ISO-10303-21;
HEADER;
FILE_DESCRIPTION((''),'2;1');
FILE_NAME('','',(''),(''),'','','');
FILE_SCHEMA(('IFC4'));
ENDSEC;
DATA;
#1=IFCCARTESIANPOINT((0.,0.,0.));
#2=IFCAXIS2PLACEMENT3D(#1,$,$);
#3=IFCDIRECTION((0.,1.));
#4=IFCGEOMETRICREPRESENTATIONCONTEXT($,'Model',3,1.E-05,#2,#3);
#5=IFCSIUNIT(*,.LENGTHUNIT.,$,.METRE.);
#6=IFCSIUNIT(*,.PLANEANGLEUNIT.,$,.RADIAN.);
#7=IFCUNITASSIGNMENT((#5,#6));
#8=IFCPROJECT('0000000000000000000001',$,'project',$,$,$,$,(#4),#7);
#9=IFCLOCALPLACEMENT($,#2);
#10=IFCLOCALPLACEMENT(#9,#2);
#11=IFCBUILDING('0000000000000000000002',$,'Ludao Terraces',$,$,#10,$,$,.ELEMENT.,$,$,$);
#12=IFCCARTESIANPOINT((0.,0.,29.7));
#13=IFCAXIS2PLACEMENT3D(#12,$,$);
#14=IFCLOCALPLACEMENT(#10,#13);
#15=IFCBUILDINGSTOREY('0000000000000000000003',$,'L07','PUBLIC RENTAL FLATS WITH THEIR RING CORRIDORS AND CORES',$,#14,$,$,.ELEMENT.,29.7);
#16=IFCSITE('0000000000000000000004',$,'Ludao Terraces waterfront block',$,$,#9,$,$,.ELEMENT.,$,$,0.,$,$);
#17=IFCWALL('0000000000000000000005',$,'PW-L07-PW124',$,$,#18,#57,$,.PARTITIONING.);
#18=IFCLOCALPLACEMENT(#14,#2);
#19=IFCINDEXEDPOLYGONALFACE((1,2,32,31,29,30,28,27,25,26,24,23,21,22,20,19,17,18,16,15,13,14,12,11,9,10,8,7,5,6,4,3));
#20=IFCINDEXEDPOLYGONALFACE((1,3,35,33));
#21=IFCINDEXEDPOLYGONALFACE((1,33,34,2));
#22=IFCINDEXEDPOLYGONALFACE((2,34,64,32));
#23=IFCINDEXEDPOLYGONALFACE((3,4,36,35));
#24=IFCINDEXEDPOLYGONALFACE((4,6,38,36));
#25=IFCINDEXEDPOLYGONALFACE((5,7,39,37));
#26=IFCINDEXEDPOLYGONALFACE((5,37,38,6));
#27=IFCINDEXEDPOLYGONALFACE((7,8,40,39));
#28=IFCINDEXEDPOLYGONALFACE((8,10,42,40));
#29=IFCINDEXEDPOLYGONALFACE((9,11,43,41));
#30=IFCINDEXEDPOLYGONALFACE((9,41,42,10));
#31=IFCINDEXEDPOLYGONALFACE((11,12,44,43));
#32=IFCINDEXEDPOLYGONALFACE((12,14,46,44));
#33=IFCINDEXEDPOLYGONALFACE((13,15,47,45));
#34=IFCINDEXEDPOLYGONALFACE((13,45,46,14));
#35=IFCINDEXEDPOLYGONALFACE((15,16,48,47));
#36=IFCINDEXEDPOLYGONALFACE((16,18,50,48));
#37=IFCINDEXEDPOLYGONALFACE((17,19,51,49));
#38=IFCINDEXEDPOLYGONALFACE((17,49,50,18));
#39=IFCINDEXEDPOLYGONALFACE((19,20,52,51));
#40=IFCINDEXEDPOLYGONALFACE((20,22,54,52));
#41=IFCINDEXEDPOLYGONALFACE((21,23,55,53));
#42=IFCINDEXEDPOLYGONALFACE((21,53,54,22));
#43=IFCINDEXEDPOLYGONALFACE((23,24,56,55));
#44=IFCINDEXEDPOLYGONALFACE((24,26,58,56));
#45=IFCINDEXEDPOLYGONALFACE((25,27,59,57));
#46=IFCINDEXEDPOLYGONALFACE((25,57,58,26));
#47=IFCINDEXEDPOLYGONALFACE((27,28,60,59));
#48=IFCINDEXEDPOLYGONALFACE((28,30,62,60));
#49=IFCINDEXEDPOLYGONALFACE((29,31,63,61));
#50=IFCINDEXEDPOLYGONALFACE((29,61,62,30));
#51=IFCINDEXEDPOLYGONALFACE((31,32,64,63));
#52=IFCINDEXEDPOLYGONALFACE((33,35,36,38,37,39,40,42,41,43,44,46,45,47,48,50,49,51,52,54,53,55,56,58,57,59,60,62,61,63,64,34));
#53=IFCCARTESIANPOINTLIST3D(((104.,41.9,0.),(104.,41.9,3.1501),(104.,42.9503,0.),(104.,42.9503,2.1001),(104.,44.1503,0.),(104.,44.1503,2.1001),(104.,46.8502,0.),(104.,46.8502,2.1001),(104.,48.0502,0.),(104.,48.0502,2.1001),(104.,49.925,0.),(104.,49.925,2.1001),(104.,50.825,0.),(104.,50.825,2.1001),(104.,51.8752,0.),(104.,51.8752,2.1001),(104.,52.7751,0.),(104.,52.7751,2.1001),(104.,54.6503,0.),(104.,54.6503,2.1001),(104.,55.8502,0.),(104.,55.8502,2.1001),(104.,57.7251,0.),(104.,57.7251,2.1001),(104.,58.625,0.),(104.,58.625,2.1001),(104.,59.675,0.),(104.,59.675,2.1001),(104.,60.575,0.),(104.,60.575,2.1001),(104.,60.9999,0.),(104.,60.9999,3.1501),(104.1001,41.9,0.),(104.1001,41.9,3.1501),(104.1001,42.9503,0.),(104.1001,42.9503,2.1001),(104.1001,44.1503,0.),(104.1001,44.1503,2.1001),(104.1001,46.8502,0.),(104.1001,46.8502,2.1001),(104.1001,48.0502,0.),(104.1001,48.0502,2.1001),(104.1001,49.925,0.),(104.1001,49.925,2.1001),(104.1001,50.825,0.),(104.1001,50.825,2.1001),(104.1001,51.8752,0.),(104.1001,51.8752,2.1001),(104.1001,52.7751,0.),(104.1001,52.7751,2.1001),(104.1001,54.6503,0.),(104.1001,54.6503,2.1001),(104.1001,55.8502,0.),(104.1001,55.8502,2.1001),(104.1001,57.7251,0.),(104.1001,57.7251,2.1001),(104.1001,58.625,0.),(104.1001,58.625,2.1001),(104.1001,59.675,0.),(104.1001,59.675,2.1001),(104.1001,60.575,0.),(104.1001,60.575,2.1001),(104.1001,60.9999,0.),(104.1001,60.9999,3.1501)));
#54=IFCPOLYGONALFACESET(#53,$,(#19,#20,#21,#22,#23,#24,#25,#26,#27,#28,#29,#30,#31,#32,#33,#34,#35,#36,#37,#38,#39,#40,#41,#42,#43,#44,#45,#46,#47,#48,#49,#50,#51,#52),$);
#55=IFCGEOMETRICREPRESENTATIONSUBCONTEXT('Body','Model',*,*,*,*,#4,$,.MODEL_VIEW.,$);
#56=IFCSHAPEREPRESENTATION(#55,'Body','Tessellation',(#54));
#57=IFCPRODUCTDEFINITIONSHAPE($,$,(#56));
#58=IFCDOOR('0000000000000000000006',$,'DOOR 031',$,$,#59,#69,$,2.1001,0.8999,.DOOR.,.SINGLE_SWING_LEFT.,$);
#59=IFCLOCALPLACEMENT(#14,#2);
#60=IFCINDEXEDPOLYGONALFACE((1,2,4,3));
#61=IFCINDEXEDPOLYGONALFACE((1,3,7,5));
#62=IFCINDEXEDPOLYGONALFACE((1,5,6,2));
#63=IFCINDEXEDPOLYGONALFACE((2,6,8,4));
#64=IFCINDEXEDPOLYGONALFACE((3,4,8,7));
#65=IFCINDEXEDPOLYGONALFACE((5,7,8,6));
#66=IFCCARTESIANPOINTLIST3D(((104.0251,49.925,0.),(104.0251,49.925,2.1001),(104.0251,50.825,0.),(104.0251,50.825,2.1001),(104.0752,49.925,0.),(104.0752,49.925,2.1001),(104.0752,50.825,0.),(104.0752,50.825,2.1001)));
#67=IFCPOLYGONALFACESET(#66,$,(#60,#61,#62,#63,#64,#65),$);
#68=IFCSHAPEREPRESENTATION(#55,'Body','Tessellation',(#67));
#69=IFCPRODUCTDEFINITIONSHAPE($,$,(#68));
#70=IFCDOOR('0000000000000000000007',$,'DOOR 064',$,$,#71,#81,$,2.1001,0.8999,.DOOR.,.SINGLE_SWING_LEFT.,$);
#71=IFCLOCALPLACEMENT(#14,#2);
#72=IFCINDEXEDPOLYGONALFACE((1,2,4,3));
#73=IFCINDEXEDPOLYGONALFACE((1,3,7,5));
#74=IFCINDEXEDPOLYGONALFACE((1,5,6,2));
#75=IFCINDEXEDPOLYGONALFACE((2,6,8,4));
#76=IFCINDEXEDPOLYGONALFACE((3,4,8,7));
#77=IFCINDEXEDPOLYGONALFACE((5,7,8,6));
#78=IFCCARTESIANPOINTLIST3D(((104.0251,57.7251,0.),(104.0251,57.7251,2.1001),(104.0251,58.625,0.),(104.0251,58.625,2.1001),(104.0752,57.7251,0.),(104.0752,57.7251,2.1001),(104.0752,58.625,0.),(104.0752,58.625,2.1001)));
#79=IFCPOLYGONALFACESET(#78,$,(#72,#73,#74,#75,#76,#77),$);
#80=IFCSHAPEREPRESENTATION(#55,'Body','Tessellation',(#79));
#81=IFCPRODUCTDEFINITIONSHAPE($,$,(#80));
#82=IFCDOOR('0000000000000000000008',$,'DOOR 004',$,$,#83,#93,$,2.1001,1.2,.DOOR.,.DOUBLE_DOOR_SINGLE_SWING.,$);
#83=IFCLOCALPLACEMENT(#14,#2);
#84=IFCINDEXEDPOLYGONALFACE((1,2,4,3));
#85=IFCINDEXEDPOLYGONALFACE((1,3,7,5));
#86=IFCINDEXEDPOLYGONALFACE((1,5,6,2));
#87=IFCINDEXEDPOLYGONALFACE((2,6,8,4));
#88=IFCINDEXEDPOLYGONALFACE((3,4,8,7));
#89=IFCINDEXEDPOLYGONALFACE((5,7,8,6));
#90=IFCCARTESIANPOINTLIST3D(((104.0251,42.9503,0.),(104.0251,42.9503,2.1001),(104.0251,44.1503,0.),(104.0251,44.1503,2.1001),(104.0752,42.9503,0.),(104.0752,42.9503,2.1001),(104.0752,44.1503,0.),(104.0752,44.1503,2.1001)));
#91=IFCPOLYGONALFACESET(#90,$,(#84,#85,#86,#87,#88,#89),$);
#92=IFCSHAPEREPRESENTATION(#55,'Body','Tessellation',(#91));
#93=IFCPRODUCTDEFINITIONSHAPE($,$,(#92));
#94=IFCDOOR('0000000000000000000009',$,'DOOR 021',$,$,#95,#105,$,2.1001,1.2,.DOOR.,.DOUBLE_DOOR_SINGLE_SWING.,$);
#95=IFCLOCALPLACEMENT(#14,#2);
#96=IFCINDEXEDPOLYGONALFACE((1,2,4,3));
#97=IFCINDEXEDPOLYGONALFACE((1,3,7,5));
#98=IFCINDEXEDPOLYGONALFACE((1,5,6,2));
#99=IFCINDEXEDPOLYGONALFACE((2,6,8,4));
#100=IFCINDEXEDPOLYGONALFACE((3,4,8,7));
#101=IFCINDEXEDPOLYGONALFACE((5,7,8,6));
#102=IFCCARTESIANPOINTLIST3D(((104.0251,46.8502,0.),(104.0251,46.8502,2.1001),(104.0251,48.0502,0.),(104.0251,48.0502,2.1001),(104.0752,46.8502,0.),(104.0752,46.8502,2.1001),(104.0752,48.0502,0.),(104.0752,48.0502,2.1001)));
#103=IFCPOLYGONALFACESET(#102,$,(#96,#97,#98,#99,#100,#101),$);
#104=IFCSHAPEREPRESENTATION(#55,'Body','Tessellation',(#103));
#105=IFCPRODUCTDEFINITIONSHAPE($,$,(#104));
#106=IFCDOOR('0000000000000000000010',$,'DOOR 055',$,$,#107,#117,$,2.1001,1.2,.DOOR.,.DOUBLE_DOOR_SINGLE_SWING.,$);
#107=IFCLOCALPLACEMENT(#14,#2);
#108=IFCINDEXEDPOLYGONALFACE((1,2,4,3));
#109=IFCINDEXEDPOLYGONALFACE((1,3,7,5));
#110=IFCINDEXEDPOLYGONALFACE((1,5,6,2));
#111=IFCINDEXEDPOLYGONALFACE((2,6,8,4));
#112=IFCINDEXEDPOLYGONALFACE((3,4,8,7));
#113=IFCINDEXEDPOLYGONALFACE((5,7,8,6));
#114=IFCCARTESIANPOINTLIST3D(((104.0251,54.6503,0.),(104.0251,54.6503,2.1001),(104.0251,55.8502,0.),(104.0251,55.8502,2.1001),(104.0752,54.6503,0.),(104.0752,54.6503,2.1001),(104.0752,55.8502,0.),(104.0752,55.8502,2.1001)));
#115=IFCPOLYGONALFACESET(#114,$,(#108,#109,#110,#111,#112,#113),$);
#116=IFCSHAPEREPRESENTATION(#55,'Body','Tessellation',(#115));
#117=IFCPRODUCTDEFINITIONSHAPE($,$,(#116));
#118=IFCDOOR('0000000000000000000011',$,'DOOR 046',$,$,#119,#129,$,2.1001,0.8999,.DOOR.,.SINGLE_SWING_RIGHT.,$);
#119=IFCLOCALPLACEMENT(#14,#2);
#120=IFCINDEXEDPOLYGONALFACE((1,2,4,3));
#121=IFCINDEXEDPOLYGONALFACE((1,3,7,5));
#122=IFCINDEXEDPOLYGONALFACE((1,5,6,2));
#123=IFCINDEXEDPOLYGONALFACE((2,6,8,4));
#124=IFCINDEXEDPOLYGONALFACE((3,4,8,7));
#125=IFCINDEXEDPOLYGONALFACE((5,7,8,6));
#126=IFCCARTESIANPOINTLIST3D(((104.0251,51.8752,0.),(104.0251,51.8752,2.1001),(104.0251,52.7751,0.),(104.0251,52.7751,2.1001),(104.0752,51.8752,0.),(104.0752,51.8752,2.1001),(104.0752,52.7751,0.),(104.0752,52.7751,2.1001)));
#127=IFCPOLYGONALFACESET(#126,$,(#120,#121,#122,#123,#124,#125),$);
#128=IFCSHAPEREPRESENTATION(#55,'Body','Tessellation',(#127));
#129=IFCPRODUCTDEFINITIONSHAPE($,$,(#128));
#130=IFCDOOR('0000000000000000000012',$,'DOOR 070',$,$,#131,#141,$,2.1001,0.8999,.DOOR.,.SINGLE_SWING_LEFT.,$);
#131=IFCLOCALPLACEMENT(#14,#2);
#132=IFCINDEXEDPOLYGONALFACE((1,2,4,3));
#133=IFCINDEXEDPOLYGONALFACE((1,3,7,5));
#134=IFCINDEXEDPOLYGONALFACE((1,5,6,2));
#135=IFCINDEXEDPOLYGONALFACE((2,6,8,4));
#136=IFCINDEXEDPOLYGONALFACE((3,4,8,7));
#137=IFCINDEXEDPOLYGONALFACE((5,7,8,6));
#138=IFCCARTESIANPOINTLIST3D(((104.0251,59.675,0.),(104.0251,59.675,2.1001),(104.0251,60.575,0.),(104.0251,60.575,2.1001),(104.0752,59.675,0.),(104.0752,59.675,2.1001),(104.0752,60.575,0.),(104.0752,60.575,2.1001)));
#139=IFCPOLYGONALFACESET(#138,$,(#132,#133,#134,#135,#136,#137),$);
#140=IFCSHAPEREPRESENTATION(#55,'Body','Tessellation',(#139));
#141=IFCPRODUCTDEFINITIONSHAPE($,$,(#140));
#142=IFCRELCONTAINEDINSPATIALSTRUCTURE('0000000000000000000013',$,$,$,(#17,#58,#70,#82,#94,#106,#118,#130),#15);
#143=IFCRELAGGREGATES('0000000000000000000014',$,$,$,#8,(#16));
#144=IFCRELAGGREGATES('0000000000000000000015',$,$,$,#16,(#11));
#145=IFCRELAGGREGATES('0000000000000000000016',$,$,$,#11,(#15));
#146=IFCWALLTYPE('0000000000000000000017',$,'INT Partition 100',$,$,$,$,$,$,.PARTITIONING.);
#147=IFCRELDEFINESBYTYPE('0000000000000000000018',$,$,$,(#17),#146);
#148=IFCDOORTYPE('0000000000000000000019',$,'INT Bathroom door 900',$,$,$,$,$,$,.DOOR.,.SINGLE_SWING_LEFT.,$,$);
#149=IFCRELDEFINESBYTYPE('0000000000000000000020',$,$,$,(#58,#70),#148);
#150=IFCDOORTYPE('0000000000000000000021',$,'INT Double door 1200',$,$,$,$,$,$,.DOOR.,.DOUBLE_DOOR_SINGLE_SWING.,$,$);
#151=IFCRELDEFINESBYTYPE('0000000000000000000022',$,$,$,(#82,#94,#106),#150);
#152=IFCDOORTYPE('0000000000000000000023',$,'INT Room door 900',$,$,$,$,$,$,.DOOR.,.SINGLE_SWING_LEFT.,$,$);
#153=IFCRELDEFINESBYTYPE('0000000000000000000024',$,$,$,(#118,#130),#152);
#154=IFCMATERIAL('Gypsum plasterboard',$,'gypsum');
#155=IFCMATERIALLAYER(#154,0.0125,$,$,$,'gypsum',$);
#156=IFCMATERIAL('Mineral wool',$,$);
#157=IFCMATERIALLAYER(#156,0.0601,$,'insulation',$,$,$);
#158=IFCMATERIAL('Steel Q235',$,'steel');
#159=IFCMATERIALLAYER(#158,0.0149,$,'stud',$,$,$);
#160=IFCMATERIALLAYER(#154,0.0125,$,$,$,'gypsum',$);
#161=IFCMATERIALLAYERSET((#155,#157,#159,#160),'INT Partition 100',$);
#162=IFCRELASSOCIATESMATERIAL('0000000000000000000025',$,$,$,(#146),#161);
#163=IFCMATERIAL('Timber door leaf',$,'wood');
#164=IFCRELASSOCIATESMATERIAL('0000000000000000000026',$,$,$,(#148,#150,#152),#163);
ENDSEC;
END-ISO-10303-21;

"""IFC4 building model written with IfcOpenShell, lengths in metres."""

from ifc_helpers import new_model, si_unit, direction, frame, frame_2d, origin, place, context, subcontext, project, spatial, rectangle, extrude, material, layer, layer_set, type_object, element, fill, save


model = new_model("IFC4")

# Units and contexts
model_context = context("Model", 3, precision=1e-05, world=origin(), true_north=direction((0.0, 1.0)))
body_context = subcontext(model_context, "Body", "Model", "MODEL_VIEW")
ifc_project = project(units=[si_unit("LENGTHUNIT", "METRE"), si_unit("PLANEANGLEUNIT", "RADIAN")], contexts=[model_context])

# Site, building, storey
site_placement = place(None, origin())
site = spatial("IfcSite", under=ifc_project, at=site_placement, Name="Ludao Terraces waterfront block", CompositionType="ELEMENT", RefElevation=0.0)
building_placement = place(site_placement, origin())
building = spatial("IfcBuilding", under=site, at=building_placement, Name="Ludao Terraces", CompositionType="ELEMENT")
storey_placement = place(building_placement, frame((0.0, 0.0, 29.7)))
storey = spatial("IfcBuildingStorey", under=building, at=storey_placement, Name="L07", Description="PUBLIC RENTAL FLATS WITH THEIR RING CORRIDORS AND CORES", CompositionType="ELEMENT", Elevation=29.7)

# Shared definitions
ifc_material_1 = material(Name="Mineral wool")

# Wall, openings, doors
ifc_material_2 = material(Name="Gypsum plasterboard", Category="gypsum")
ifc_layer_1 = layer(ifc_material_2, 0.0125, Category="gypsum")
ifc_layer_2 = layer(ifc_material_1, 0.0601, Name="insulation")
ifc_material_3 = material(Name="Steel Q235", Category="steel")
ifc_layer_3 = layer(ifc_material_3, 0.0149, Name="stud")
ifc_layer_4 = layer(ifc_material_2, 0.0125, Category="gypsum")
ifc_layer_set_1 = layer_set([ifc_layer_1, ifc_layer_2, ifc_layer_3, ifc_layer_4], Name="INT Partition 100")
wall_type_1 = type_object("IfcWallType", Name="INT Partition 100", PredefinedType="PARTITIONING", material=ifc_layer_set_1)
wall_1_placement = place(storey_placement, frame((104.05, 41.9001, 0.0), z_axis=(0.0, 0.0, 1.0), x_axis=(0.0, 1.0, 0.0)))
wall_1 = element("IfcWall", 1, at=wall_1_placement, inside=storey, type_object=wall_type_1, Name="PW-L07-PW124", PredefinedType="PARTITIONING", context=body_context, shape_type="SweptSolid", body=[
    extrude(rectangle(XDim=19.0999, YDim=0.1001, at=frame_2d((9.5498, 0.0))), origin(), (0.0, 0.0, 1.0), 3.1501),
])
opening_1_placement = place(wall_1_placement, frame((1.05, 0.0, 0.0)))
opening_1 = element("IfcOpeningElement", 2, at=opening_1_placement, cuts=wall_1, PredefinedType="OPENING", context=body_context, shape_type="SweptSolid", body=[
    extrude(rectangle(XDim=1.2, YDim=2.1001, at=frame_2d((0.6001, 1.05))), frame((0.0, 0.0601, 0.0), z_axis=(0.0, -1.0, 0.0), x_axis=(1.0, 0.0, 0.0)), (0.0, 0.0, 1.0), 0.1201),
])
opening_2_placement = place(wall_1_placement, frame((4.95, 0.0, 0.0)))
opening_2 = element("IfcOpeningElement", 3, at=opening_2_placement, cuts=wall_1, PredefinedType="OPENING", context=body_context, shape_type="SweptSolid", body=[
    extrude(rectangle(XDim=1.2, YDim=2.1001, at=frame_2d((0.6001, 1.05))), frame((0.0, 0.0601, 0.0), z_axis=(0.0, -1.0, 0.0), x_axis=(1.0, 0.0, 0.0)), (0.0, 0.0, 1.0), 0.1201),
])
opening_3_placement = place(wall_1_placement, frame((8.0249, 0.0, 0.0)))
opening_3 = element("IfcOpeningElement", 4, at=opening_3_placement, cuts=wall_1, PredefinedType="OPENING", context=body_context, shape_type="SweptSolid", body=[
    extrude(rectangle(XDim=0.8999, YDim=2.1001, at=frame_2d((0.45, 1.05))), frame((0.0, 0.0601, 0.0), z_axis=(0.0, -1.0, 0.0), x_axis=(1.0, 0.0, 0.0)), (0.0, 0.0, 1.0), 0.1201),
])
opening_4_placement = place(wall_1_placement, frame((9.9751, 0.0, 0.0)))
opening_4 = element("IfcOpeningElement", 5, at=opening_4_placement, cuts=wall_1, PredefinedType="OPENING", context=body_context, shape_type="SweptSolid", body=[
    extrude(rectangle(XDim=0.8999, YDim=2.1001, at=frame_2d((0.45, 1.05))), frame((0.0, 0.0601, 0.0), z_axis=(0.0, -1.0, 0.0), x_axis=(1.0, 0.0, 0.0)), (0.0, 0.0, 1.0), 0.1201),
])
opening_5_placement = place(wall_1_placement, frame((12.75, 0.0, 0.0)))
opening_5 = element("IfcOpeningElement", 6, at=opening_5_placement, cuts=wall_1, PredefinedType="OPENING", context=body_context, shape_type="SweptSolid", body=[
    extrude(rectangle(XDim=1.2, YDim=2.1001, at=frame_2d((0.6001, 1.05))), frame((0.0, 0.0601, 0.0), z_axis=(0.0, -1.0, 0.0), x_axis=(1.0, 0.0, 0.0)), (0.0, 0.0, 1.0), 0.1201),
])
opening_6_placement = place(wall_1_placement, frame((15.825, 0.0, 0.0)))
opening_6 = element("IfcOpeningElement", 7, at=opening_6_placement, cuts=wall_1, PredefinedType="OPENING", context=body_context, shape_type="SweptSolid", body=[
    extrude(rectangle(XDim=0.8999, YDim=2.1001, at=frame_2d((0.45, 1.05))), frame((0.0, 0.0601, 0.0), z_axis=(0.0, -1.0, 0.0), x_axis=(1.0, 0.0, 0.0)), (0.0, 0.0, 1.0), 0.1201),
])
opening_7_placement = place(wall_1_placement, frame((17.7749, 0.0, 0.0)))
opening_7 = element("IfcOpeningElement", 8, at=opening_7_placement, cuts=wall_1, PredefinedType="OPENING", context=body_context, shape_type="SweptSolid", body=[
    extrude(rectangle(XDim=0.8999, YDim=2.1001, at=frame_2d((0.45, 1.05))), frame((0.0, 0.0601, 0.0), z_axis=(0.0, -1.0, 0.0), x_axis=(1.0, 0.0, 0.0)), (0.0, 0.0, 1.0), 0.1201),
])
ifc_material_4 = material(Name="Timber door leaf", Category="wood")
door_type_1 = type_object("IfcDoorType", Name="INT Bathroom door 900", OperationType="SINGLE_SWING_LEFT", PredefinedType="DOOR", material=ifc_material_4)
door_1_placement = place(opening_3_placement, origin())
door_1 = element("IfcDoor", 9, at=door_1_placement, inside=storey, type_object=door_type_1, Name="DOOR 031", OperationType="SINGLE_SWING_LEFT", OverallHeight=2.1001, OverallWidth=0.8999, PredefinedType="DOOR", context=body_context, shape_type="SweptSolid", body=[
    extrude(rectangle(XDim=0.8999, YDim=2.1001, at=frame_2d((0.45, 1.05))), frame((0.0, 0.0249, 0.0), z_axis=(0.0, -1.0, 0.0), x_axis=(1.0, 0.0, 0.0)), (0.0, 0.0, 1.0), 0.05),
])
fill(opening_3, door_1)
door_2_placement = place(opening_6_placement, origin())
door_2 = element("IfcDoor", 10, at=door_2_placement, inside=storey, type_object=door_type_1, Name="DOOR 064", OperationType="SINGLE_SWING_LEFT", OverallHeight=2.1001, OverallWidth=0.8999, PredefinedType="DOOR", context=body_context, shape_type="SweptSolid", body=[
    extrude(rectangle(XDim=0.8999, YDim=2.1001, at=frame_2d((0.45, 1.05))), frame((0.0, 0.0249, 0.0), z_axis=(0.0, -1.0, 0.0), x_axis=(1.0, 0.0, 0.0)), (0.0, 0.0, 1.0), 0.05),
])
fill(opening_6, door_2)
door_type_2 = type_object("IfcDoorType", Name="INT Double door 1200", OperationType="DOUBLE_DOOR_SINGLE_SWING", PredefinedType="DOOR", material=ifc_material_4)
door_3_placement = place(opening_1_placement, origin())
door_3 = element("IfcDoor", 11, at=door_3_placement, inside=storey, type_object=door_type_2, Name="DOOR 004", OperationType="DOUBLE_DOOR_SINGLE_SWING", OverallHeight=2.1001, OverallWidth=1.2, PredefinedType="DOOR", context=body_context, shape_type="SweptSolid", body=[
    extrude(rectangle(XDim=1.2, YDim=2.1001, at=frame_2d((0.6001, 1.05))), frame((0.0, 0.0249, 0.0), z_axis=(0.0, -1.0, 0.0), x_axis=(1.0, 0.0, 0.0)), (0.0, 0.0, 1.0), 0.05),
])
fill(opening_1, door_3)
door_4_placement = place(opening_2_placement, origin())
door_4 = element("IfcDoor", 12, at=door_4_placement, inside=storey, type_object=door_type_2, Name="DOOR 021", OperationType="DOUBLE_DOOR_SINGLE_SWING", OverallHeight=2.1001, OverallWidth=1.2, PredefinedType="DOOR", context=body_context, shape_type="SweptSolid", body=[
    extrude(rectangle(XDim=1.2, YDim=2.1001, at=frame_2d((0.6001, 1.05))), frame((0.0, 0.0249, 0.0), z_axis=(0.0, -1.0, 0.0), x_axis=(1.0, 0.0, 0.0)), (0.0, 0.0, 1.0), 0.05),
])
fill(opening_2, door_4)
door_5_placement = place(opening_5_placement, origin())
door_5 = element("IfcDoor", 13, at=door_5_placement, inside=storey, type_object=door_type_2, Name="DOOR 055", OperationType="DOUBLE_DOOR_SINGLE_SWING", OverallHeight=2.1001, OverallWidth=1.2, PredefinedType="DOOR", context=body_context, shape_type="SweptSolid", body=[
    extrude(rectangle(XDim=1.2, YDim=2.1001, at=frame_2d((0.6001, 1.05))), frame((0.0, 0.0249, 0.0), z_axis=(0.0, -1.0, 0.0), x_axis=(1.0, 0.0, 0.0)), (0.0, 0.0, 1.0), 0.05),
])
fill(opening_5, door_5)
door_type_3 = type_object("IfcDoorType", Name="INT Room door 900", OperationType="SINGLE_SWING_LEFT", PredefinedType="DOOR", material=ifc_material_4)
door_6_placement = place(opening_4_placement, origin())
door_6 = element("IfcDoor", 14, at=door_6_placement, inside=storey, type_object=door_type_3, Name="DOOR 046", OperationType="SINGLE_SWING_RIGHT", OverallHeight=2.1001, OverallWidth=0.8999, PredefinedType="DOOR", context=body_context, shape_type="SweptSolid", body=[
    extrude(rectangle(XDim=0.8999, YDim=2.1001, at=frame_2d((0.45, 1.05))), frame((0.0, 0.0249, 0.0), z_axis=(0.0, -1.0, 0.0), x_axis=(1.0, 0.0, 0.0)), (0.0, 0.0, 1.0), 0.05),
])
fill(opening_4, door_6)
door_7_placement = place(opening_7_placement, origin())
door_7 = element("IfcDoor", 15, at=door_7_placement, inside=storey, type_object=door_type_3, Name="DOOR 070", OperationType="SINGLE_SWING_LEFT", OverallHeight=2.1001, OverallWidth=0.8999, PredefinedType="DOOR", context=body_context, shape_type="SweptSolid", body=[
    extrude(rectangle(XDim=0.8999, YDim=2.1001, at=frame_2d((0.45, 1.05))), frame((0.0, 0.0249, 0.0), z_axis=(0.0, -1.0, 0.0), x_axis=(1.0, 0.0, 0.0)), (0.0, 0.0, 1.0), 0.05),
])
fill(opening_7, door_7)

save(model, "model.ifc")
